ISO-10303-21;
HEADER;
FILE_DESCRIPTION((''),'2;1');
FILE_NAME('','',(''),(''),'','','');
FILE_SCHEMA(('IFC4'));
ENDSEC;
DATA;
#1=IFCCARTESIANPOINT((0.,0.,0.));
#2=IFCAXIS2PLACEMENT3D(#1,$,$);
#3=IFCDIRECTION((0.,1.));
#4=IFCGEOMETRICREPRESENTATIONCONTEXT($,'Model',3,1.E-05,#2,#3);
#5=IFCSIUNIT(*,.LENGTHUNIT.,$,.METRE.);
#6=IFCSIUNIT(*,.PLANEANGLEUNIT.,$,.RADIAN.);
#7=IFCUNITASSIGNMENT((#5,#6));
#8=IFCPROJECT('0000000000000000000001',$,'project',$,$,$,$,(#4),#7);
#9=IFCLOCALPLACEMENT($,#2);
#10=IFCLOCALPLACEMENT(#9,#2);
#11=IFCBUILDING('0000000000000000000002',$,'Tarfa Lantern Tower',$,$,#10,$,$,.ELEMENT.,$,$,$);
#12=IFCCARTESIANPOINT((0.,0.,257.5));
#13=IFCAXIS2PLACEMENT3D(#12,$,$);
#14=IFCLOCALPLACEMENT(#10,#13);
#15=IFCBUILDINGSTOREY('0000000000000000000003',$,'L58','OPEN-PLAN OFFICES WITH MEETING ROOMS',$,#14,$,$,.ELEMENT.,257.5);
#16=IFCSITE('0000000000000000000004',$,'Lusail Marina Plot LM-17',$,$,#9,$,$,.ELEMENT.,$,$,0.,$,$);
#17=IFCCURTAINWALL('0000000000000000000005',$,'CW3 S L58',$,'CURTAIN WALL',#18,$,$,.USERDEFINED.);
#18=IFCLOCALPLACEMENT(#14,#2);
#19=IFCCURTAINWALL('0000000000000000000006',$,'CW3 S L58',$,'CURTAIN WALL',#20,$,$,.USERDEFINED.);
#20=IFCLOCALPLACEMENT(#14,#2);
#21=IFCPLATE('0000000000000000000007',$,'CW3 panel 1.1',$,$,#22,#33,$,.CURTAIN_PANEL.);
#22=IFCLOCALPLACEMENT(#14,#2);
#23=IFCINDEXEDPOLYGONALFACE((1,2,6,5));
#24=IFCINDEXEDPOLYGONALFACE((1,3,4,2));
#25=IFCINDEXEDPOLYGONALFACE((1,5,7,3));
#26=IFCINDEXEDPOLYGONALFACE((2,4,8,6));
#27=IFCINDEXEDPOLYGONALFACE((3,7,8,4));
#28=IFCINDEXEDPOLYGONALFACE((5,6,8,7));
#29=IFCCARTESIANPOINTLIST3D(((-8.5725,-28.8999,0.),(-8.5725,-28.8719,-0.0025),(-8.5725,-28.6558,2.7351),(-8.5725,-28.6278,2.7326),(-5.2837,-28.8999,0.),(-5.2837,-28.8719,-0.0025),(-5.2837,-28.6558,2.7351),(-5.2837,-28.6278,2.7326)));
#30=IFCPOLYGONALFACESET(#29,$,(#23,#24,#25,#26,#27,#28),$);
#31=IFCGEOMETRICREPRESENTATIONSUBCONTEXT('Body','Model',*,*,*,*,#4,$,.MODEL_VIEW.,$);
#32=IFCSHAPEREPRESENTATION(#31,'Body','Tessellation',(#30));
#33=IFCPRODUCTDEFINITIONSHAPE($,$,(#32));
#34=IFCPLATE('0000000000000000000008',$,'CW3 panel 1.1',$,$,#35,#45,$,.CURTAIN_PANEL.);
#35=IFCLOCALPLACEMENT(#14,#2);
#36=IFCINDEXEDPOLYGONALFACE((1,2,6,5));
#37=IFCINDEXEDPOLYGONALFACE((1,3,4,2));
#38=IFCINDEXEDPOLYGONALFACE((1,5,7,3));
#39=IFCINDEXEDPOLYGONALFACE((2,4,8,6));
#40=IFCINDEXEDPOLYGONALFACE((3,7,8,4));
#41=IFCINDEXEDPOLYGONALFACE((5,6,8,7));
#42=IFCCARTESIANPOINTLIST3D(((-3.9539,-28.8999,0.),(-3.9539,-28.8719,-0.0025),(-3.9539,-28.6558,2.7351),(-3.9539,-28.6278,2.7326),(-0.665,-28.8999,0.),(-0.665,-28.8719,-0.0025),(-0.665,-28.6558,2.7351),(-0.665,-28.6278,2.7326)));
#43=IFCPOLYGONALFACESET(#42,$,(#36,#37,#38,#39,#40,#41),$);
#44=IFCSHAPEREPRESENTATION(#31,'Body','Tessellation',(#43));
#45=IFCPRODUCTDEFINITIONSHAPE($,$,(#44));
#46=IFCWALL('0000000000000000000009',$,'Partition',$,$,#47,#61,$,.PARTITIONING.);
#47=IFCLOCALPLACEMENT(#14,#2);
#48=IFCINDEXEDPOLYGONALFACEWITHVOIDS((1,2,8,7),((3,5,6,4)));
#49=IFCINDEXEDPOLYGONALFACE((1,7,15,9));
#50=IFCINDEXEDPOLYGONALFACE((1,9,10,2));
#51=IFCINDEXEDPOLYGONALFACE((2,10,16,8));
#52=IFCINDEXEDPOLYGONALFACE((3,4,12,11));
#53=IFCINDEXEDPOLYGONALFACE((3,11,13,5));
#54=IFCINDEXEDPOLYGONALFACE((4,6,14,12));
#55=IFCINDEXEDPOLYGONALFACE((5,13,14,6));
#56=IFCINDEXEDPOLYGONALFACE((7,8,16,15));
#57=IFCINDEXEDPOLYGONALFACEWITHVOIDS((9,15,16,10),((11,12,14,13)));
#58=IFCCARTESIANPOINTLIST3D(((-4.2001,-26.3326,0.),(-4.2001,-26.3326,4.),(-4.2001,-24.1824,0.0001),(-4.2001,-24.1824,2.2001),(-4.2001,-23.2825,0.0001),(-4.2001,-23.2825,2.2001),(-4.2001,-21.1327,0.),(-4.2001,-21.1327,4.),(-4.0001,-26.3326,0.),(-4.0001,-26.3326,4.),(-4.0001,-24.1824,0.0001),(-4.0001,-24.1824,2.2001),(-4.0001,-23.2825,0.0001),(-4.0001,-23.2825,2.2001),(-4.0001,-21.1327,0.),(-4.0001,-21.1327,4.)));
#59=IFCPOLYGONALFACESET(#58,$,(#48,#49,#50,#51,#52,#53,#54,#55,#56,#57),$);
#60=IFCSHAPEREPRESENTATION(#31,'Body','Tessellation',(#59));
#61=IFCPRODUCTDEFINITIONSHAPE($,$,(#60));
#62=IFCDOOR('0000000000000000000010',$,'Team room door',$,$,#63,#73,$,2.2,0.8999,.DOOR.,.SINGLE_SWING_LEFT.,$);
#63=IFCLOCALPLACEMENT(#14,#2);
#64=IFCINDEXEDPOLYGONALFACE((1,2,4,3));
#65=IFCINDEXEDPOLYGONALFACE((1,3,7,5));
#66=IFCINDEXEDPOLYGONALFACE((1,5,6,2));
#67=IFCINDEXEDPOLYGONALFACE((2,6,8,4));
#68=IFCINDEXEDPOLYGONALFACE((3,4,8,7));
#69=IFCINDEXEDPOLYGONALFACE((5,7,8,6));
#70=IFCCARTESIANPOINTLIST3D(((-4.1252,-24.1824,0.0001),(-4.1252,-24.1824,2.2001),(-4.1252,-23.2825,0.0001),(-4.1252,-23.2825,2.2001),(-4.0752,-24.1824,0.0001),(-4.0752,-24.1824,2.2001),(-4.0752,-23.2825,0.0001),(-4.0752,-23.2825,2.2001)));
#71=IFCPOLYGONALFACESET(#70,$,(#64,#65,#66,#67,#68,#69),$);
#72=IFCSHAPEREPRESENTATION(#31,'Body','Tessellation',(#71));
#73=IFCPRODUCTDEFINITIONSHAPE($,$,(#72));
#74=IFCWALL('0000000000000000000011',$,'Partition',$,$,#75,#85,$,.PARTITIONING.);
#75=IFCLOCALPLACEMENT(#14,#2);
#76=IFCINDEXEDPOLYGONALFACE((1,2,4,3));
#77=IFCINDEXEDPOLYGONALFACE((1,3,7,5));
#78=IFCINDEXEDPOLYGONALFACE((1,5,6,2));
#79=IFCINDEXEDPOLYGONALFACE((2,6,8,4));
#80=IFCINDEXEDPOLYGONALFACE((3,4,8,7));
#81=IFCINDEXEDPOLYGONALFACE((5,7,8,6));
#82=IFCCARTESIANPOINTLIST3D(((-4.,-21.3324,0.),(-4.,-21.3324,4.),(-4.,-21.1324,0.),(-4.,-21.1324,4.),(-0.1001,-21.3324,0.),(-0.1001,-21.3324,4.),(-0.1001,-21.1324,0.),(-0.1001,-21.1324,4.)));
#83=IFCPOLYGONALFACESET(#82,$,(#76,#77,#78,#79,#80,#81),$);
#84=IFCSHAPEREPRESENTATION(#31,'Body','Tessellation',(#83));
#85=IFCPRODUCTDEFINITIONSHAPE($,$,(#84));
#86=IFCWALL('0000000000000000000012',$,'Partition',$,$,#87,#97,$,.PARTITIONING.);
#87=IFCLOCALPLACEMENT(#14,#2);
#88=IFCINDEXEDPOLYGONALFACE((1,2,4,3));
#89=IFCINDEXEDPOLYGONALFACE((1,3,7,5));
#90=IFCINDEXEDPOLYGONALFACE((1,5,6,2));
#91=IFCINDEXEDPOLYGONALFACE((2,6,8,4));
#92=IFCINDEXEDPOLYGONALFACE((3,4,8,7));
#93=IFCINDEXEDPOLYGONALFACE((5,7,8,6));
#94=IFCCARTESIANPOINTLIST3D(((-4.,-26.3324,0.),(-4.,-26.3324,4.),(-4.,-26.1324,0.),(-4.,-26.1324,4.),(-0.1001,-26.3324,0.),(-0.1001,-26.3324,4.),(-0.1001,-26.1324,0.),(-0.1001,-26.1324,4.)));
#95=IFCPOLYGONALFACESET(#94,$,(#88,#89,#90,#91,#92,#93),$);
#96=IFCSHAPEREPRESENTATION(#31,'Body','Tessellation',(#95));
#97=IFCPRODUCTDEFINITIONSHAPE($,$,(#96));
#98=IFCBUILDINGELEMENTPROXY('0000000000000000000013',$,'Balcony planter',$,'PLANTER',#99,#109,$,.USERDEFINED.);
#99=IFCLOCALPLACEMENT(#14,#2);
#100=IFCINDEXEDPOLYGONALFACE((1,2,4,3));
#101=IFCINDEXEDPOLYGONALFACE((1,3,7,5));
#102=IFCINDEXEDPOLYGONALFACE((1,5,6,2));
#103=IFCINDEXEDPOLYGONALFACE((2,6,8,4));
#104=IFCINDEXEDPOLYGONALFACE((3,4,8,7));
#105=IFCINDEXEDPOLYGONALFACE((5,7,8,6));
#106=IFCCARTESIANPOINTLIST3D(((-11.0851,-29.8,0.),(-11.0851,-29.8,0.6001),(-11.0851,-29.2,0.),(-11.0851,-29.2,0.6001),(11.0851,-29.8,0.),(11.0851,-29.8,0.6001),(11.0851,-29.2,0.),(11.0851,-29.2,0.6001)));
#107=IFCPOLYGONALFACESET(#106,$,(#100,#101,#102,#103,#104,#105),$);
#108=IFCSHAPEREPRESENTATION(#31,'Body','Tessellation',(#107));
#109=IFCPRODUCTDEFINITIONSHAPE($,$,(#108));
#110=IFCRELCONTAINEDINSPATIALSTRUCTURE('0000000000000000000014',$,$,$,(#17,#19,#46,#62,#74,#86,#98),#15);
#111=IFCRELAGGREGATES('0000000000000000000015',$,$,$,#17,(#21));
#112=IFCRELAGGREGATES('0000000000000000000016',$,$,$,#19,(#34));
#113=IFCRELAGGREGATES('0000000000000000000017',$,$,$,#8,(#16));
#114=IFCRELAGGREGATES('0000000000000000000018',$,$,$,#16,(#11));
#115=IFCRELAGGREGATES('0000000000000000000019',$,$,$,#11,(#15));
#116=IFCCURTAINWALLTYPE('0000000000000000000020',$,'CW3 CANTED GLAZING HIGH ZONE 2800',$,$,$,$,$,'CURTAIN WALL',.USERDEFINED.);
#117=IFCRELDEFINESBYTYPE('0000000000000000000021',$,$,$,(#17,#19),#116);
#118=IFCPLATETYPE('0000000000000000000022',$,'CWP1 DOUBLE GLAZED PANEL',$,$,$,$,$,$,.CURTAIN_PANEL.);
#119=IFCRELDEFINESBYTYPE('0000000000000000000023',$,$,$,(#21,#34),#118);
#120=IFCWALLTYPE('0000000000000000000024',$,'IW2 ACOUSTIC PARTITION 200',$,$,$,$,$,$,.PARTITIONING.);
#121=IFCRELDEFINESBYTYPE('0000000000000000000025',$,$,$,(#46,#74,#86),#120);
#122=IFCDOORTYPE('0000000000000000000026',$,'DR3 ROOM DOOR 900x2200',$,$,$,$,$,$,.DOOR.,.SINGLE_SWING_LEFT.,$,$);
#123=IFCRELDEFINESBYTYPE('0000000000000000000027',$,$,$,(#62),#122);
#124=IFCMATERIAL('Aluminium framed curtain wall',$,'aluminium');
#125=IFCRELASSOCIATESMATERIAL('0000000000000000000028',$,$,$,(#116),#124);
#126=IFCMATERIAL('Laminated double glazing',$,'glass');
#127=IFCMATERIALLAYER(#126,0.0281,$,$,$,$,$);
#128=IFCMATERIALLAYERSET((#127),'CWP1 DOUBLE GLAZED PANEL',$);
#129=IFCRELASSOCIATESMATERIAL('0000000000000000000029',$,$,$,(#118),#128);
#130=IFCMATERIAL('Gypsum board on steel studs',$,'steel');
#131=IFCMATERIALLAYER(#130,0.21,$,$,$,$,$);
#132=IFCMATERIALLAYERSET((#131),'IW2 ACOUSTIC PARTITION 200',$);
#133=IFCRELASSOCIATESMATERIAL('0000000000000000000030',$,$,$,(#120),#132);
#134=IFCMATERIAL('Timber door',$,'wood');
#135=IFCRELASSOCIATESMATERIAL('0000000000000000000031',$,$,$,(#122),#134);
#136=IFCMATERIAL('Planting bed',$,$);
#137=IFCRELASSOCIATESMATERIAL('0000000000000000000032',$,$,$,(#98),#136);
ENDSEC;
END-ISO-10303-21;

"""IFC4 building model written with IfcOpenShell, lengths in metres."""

from ifc_helpers import new_model, si_unit, direction, frame, frame_2d, origin, origin_2d, place, context, subcontext, project, spatial, polyline, rectangle, outline, extrude, material, layer, layer_set, type_object, element, fill, aggregate, save


model = new_model("IFC4")

# Units and contexts
model_context = context("Model", 3, precision=1e-05, world=origin(), true_north=direction((0.0, 1.0)))
body_context = subcontext(model_context, "Body", "Model", "MODEL_VIEW")
ifc_project = project(units=[si_unit("LENGTHUNIT", "METRE"), si_unit("PLANEANGLEUNIT", "RADIAN")], contexts=[model_context])

# Site, building, storey
site_placement = place(None, origin())
site = spatial("IfcSite", under=ifc_project, at=site_placement, Name="Lusail Marina Plot LM-17", CompositionType="ELEMENT", RefElevation=0.0)
building_placement = place(site_placement, origin())
building = spatial("IfcBuilding", under=site, at=building_placement, Name="Tarfa Lantern Tower", CompositionType="ELEMENT")
storey_placement = place(building_placement, frame((0.0, 0.0, 257.5)))
storey = spatial("IfcBuildingStorey", under=building, at=storey_placement, Name="L58", Description="OPEN-PLAN OFFICES WITH MEETING ROOMS", CompositionType="ELEMENT", Elevation=257.5)

# Shared definitions
ifc_material_1 = material(Name="Aluminium framed curtain wall", Category="aluminium")
curtain_wall_type = type_object("IfcCurtainWallType", Name="CW3 CANTED GLAZING HIGH ZONE 2800", ElementType="CURTAIN WALL", PredefinedType="USERDEFINED", material=ifc_material_1)

# Curtain walls
curtain_wall_1_placement = place(storey_placement, origin())
curtain_wall_1 = element("IfcCurtainWall", 1, at=curtain_wall_1_placement, inside=storey, type_object=curtain_wall_type, Name="CW3 S L58", ObjectType="CURTAIN WALL", PredefinedType="USERDEFINED")
curtain_wall_2_placement = place(storey_placement, origin())
curtain_wall_2 = element("IfcCurtainWall", 2, at=curtain_wall_2_placement, inside=storey, type_object=curtain_wall_type, Name="CW3 S L58", ObjectType="CURTAIN WALL", PredefinedType="USERDEFINED")

# Plates
ifc_material_2 = material(Name="Laminated double glazing", Category="glass")
ifc_layer_1 = layer(ifc_material_2, 0.0281)
ifc_layer_set_1 = layer_set([ifc_layer_1], Name="CWP1 DOUBLE GLAZED PANEL")
plate_type = type_object("IfcPlateType", Name="CWP1 DOUBLE GLAZED PANEL", PredefinedType="CURTAIN_PANEL", material=ifc_layer_set_1)
plate_1_placement = place(storey_placement, frame((-8.5725, -28.8999, 0.0), z_axis=(0.0, -0.99604, 0.088908), x_axis=(1.0, 0.0, 0.0)))
plate_1 = element("IfcPlate", 3, at=plate_1_placement, type_object=plate_type, Name="CW3 panel 1.1", PredefinedType="CURTAIN_PANEL", context=body_context, shape_type="SweptSolid", body=[
    extrude(outline(polyline([(0.0, 0.0), (3.2888, 0.0), (3.2888, 2.746), (0.0, 2.746), (0.0, 0.0)])), origin(), (0.0, 0.0, -1.0), 0.0281),
])
aggregate(curtain_wall_1, [plate_1])
plate_2_placement = place(storey_placement, frame((-3.9539, -28.8999, 0.0), z_axis=(0.0, -0.99604, 0.088908), x_axis=(1.0, 0.0, 0.0)))
plate_2 = element("IfcPlate", 4, at=plate_2_placement, type_object=plate_type, Name="CW3 panel 1.1", PredefinedType="CURTAIN_PANEL", context=body_context, shape_type="SweptSolid", body=[
    extrude(outline(polyline([(0.0, 0.0), (3.2888, 0.0), (3.2888, 2.746), (0.0, 2.746), (0.0, 0.0)])), origin(), (0.0, 0.0, -1.0), 0.0281),
])
aggregate(curtain_wall_2, [plate_2])

# Wall, opening, door
ifc_material_3 = material(Name="Gypsum board on steel studs", Category="steel")
ifc_layer_2 = layer(ifc_material_3, 0.21)
ifc_layer_set_2 = layer_set([ifc_layer_2], Name="IW2 ACOUSTIC PARTITION 200")
wall_type = type_object("IfcWallType", Name="IW2 ACOUSTIC PARTITION 200", PredefinedType="PARTITIONING", material=ifc_layer_set_2)
wall_placement = place(storey_placement, frame((-4.1001, -21.1326, 0.0), z_axis=(0.0, 0.0, 1.0), x_axis=(0.0, -1.0, 0.0)))
wall = element("IfcWall", 5, at=wall_placement, inside=storey, type_object=wall_type, Name="Partition", PredefinedType="PARTITIONING", context=body_context, shape_type="SweptSolid", body=[
    extrude(rectangle(XDim=5.2, YDim=0.2, at=frame_2d((2.6001, 0.0))), origin(), (0.0, 0.0, 1.0), 4.0),
])
opening_placement = place(wall_placement, frame((2.1499, 0.0, 0.0)))
opening = element("IfcOpeningElement", 6, at=opening_placement, cuts=wall, PredefinedType="OPENING", context=body_context, shape_type="SweptSolid", body=[
    extrude(rectangle(XDim=0.8999, YDim=2.2, at=frame_2d((0.45, 1.1001))), frame((0.0, 0.1099, 0.0), z_axis=(0.0, -1.0, 0.0), x_axis=(1.0, 0.0, 0.0)), (0.0, 0.0, 1.0), 0.22),
])
ifc_material_4 = material(Name="Timber door", Category="wood")
door_type = type_object("IfcDoorType", Name="DR3 ROOM DOOR 900x2200", OperationType="SINGLE_SWING_LEFT", PredefinedType="DOOR", material=ifc_material_4)
door_placement = place(opening_placement, origin())
door = element("IfcDoor", 7, at=door_placement, inside=storey, type_object=door_type, Name="Team room door", OperationType="SINGLE_SWING_LEFT", OverallHeight=2.2, OverallWidth=0.8999, PredefinedType="DOOR", context=body_context, shape_type="SweptSolid", body=[
    extrude(rectangle(XDim=0.8999, YDim=2.2, at=frame_2d((0.45, 1.1001))), frame((0.0, 0.0249, 0.0), z_axis=(0.0, -1.0, 0.0), x_axis=(1.0, 0.0, 0.0)), (0.0, 0.0, 1.0), 0.05),
])
fill(opening, door)

# Walls
for number, where, z_axis, x_axis, name in (
    (8, (-0.1001, -21.2324, 0.0), (0.0, 0.0, 1.0), (-1.0, 0.0, 0.0), "Partition"),
    (9, (-0.1001, -26.2324, 0.0), (0.0, 0.0, 1.0), (-1.0, 0.0, 0.0), "Partition"),
):
    element("IfcWall", number, at=place(storey_placement, frame(where, z_axis=z_axis, x_axis=x_axis)), inside=storey, type_object=wall_type, Name=name, PredefinedType="PARTITIONING", context=body_context, shape_type="SweptSolid", body=[
        extrude(rectangle(XDim=3.8999, YDim=0.2, at=frame_2d((1.95, 0.0))), origin(), (0.0, 0.0, 1.0), 4.0),
    ])

# Building element proxy
ifc_material_5 = material(Name="Planting bed")
proxy_placement = place(storey_placement, frame((0.0, -29.5, 0.0), z_axis=(0.0, 0.0, 1.0), x_axis=(1.0, 0.0, 0.0)))
element("IfcBuildingElementProxy", 10, at=proxy_placement, inside=storey, material=ifc_material_5, Name="Balcony planter", ObjectType="PLANTER", PredefinedType="USERDEFINED", context=body_context, shape_type="SweptSolid", body=[
    extrude(rectangle(XDim=22.1702, YDim=0.6001, at=origin_2d()), origin(), (0.0, 0.0, 1.0), 0.6001),
])

save(model, "model.ifc")
